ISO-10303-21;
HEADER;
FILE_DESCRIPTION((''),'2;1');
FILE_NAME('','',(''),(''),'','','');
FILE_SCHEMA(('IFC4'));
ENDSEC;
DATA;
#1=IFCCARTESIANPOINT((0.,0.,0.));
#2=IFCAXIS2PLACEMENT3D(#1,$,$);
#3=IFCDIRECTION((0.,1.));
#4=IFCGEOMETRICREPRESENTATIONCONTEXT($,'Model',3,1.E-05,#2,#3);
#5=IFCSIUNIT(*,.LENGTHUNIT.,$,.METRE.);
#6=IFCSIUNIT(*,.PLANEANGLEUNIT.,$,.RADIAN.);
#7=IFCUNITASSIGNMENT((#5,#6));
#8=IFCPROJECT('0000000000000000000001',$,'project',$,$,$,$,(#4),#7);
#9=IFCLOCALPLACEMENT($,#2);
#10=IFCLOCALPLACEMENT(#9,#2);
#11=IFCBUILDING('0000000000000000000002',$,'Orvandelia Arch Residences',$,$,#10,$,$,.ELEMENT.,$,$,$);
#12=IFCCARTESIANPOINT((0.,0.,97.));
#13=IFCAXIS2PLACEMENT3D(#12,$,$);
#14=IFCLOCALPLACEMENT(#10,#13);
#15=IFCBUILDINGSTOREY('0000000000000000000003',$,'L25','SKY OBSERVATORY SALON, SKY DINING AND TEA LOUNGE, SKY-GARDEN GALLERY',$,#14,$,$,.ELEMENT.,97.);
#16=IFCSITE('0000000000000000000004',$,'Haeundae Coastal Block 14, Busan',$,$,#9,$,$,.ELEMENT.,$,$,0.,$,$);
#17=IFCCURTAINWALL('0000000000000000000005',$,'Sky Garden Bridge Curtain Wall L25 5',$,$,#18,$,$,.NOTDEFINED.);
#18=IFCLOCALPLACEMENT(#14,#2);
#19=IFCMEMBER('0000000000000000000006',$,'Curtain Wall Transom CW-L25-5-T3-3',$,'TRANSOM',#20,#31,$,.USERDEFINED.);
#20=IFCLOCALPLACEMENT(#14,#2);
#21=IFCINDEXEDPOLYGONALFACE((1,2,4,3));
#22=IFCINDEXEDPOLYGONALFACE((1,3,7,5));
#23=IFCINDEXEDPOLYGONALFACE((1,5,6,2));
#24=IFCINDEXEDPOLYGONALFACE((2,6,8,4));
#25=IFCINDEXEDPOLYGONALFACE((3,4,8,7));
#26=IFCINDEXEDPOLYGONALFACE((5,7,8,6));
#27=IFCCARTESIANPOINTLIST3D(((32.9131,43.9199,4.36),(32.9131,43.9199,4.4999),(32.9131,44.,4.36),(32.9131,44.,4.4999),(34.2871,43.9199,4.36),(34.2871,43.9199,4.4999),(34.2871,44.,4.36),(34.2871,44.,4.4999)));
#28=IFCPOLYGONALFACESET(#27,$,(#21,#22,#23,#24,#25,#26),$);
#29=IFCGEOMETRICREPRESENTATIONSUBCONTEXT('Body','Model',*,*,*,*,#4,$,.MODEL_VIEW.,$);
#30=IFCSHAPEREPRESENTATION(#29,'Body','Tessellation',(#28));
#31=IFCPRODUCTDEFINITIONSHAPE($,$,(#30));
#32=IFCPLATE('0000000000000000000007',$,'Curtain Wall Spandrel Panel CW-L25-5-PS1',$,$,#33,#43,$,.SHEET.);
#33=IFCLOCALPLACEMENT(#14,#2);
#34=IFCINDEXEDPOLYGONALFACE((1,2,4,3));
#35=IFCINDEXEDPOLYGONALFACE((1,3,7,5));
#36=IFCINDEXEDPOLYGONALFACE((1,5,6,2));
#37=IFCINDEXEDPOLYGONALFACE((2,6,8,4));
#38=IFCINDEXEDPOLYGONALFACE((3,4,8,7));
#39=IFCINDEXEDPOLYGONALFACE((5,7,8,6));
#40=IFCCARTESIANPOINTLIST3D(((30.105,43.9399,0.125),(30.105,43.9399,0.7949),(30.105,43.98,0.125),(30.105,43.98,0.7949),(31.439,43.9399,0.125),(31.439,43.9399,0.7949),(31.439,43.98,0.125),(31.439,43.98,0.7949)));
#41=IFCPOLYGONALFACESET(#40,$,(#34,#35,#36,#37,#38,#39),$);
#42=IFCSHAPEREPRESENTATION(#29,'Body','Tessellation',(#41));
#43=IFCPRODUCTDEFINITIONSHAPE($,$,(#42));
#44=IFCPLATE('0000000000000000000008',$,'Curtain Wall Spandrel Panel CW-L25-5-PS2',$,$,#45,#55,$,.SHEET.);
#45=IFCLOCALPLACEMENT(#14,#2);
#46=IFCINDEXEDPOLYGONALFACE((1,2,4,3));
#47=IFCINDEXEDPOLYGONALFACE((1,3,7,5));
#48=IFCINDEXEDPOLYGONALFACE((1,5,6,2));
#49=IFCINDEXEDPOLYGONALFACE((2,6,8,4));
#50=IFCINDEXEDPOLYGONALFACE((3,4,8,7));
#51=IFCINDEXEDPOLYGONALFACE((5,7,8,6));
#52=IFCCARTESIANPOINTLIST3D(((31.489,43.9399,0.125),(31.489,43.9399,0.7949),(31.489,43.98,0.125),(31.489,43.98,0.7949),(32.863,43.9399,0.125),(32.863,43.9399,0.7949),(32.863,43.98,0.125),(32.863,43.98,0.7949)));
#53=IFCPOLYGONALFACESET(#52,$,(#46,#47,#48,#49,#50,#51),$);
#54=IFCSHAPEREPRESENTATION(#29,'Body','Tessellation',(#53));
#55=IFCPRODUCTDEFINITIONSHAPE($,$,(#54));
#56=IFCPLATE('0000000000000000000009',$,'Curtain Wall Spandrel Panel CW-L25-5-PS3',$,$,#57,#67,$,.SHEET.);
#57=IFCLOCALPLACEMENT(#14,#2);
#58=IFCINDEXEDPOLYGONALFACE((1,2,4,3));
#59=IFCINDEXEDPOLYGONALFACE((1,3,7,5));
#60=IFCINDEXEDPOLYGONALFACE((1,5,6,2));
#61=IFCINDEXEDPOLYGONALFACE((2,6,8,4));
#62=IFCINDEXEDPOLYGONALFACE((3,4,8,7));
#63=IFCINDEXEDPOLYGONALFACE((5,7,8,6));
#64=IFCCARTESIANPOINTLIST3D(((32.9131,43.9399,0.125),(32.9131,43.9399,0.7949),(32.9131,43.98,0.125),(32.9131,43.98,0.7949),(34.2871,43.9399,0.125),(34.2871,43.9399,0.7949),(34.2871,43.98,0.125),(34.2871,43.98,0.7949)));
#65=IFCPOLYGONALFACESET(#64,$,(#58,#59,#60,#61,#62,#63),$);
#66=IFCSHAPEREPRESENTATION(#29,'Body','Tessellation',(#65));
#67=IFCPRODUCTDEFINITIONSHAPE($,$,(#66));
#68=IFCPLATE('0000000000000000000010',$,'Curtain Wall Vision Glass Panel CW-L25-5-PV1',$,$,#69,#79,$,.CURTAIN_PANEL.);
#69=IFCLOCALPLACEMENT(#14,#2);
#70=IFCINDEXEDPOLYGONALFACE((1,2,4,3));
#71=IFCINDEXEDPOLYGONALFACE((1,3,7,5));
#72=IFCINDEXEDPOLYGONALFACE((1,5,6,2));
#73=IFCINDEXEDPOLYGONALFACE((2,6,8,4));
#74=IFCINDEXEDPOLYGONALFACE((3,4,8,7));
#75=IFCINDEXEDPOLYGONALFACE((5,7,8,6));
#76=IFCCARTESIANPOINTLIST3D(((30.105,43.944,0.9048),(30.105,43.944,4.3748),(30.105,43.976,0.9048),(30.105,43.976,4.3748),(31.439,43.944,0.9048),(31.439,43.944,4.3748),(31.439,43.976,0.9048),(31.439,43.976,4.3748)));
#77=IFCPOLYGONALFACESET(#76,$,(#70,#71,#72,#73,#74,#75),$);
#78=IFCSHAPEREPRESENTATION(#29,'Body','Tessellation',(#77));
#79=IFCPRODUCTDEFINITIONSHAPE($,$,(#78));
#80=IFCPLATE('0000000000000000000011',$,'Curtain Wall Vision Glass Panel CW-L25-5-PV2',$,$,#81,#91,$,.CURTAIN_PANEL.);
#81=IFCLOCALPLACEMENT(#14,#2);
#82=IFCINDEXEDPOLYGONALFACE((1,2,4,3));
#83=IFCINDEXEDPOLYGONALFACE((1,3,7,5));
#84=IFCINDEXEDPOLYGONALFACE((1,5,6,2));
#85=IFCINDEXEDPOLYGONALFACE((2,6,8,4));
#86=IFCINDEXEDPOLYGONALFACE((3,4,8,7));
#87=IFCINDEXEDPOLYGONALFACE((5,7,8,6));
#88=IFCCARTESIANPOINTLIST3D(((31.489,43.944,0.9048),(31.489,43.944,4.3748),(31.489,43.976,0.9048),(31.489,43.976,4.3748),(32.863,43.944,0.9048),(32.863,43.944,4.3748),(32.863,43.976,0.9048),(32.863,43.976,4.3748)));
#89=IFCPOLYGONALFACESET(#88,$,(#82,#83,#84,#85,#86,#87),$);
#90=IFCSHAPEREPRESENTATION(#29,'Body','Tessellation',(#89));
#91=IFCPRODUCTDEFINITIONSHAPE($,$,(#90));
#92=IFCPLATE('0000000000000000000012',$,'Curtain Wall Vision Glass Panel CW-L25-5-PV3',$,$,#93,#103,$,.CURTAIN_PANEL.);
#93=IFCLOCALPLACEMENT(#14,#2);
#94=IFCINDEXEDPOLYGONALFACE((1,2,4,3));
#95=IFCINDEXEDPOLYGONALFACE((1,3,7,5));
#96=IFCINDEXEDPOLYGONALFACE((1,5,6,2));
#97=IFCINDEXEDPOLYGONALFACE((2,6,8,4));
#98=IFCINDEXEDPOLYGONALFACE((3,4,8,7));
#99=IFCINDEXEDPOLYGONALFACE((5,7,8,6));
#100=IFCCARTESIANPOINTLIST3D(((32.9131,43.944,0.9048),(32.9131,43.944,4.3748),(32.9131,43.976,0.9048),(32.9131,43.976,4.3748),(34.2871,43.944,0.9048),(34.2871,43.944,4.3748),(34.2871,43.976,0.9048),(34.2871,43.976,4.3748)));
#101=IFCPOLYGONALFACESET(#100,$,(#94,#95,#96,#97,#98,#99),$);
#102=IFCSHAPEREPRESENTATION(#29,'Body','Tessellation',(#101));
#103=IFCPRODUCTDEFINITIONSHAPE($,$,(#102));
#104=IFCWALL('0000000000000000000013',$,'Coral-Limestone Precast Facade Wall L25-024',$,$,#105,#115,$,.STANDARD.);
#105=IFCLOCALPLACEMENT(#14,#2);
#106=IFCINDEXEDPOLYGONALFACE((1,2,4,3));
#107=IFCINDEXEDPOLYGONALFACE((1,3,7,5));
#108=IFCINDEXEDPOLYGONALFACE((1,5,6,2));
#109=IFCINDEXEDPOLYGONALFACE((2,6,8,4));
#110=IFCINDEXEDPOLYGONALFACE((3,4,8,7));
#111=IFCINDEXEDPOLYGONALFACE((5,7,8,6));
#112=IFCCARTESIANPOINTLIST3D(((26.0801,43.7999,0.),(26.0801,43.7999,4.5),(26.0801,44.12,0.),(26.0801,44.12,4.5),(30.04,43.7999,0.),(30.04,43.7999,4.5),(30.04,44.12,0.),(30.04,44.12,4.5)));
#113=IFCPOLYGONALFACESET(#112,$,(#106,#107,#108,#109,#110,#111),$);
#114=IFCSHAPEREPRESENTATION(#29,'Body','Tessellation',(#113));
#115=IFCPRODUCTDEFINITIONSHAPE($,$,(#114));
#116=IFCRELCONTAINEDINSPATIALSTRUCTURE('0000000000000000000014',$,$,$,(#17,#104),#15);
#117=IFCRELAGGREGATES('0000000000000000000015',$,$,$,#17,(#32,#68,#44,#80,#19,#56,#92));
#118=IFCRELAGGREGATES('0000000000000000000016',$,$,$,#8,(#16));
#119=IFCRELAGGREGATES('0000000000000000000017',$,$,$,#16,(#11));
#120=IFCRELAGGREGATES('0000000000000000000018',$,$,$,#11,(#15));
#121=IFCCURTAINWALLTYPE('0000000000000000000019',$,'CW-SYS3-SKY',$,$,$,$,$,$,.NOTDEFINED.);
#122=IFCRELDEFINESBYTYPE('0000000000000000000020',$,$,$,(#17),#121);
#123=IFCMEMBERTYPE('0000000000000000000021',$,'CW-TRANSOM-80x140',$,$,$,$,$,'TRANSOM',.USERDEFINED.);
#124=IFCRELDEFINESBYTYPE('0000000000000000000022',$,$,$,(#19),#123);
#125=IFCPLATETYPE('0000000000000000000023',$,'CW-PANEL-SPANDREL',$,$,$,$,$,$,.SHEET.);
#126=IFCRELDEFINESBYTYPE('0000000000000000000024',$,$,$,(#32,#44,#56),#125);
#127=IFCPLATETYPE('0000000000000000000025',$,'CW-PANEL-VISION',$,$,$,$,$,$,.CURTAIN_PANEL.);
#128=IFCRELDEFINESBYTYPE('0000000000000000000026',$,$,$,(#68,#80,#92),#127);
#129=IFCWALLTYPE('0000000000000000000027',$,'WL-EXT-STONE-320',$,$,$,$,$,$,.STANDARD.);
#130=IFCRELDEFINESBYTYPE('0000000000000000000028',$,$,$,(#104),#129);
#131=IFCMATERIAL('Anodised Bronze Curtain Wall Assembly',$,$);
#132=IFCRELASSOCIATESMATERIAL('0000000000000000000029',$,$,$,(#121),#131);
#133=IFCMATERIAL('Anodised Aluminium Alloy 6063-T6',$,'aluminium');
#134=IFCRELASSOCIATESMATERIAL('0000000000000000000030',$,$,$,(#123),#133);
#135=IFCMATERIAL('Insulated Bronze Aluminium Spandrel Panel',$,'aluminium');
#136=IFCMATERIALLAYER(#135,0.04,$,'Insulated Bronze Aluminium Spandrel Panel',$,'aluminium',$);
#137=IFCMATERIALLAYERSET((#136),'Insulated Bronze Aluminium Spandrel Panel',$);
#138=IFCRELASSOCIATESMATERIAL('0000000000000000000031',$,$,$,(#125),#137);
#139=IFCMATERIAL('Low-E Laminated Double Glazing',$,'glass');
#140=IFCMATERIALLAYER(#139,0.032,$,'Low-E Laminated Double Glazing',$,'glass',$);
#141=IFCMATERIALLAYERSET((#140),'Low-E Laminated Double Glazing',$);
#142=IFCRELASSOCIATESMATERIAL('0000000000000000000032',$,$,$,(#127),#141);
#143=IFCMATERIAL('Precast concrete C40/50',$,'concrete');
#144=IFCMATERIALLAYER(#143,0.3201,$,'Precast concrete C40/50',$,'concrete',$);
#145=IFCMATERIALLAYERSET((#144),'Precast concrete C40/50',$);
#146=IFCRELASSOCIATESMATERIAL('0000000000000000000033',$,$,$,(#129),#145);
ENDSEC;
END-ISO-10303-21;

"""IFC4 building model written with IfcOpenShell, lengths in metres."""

from ifc_helpers import new_model, si_unit, direction, frame, frame_2d, origin, origin_2d, place, context, subcontext, project, spatial, rectangle, extrude, material, layer, layer_set, material_profile, profile_set, type_object, element, aggregate, save


model = new_model("IFC4")

# Units and contexts
model_context = context("Model", 3, precision=1e-05, world=origin(), true_north=direction((0.0, 1.0)))
body_context = subcontext(model_context, "Body", "Model", "MODEL_VIEW")
ifc_project = project(units=[si_unit("LENGTHUNIT", "METRE"), si_unit("PLANEANGLEUNIT", "RADIAN")], contexts=[model_context])

# Site, building, storey
site_placement = place(None, origin())
site = spatial("IfcSite", under=ifc_project, at=site_placement, Name="Haeundae Coastal Block 14, Busan", CompositionType="ELEMENT", RefElevation=0.0)
building_placement = place(site_placement, origin())
building = spatial("IfcBuilding", under=site, at=building_placement, Name="Orvandelia Arch Residences", CompositionType="ELEMENT")
storey_placement = place(building_placement, frame((0.0, 0.0, 97.0)))
storey = spatial("IfcBuildingStorey", under=building, at=storey_placement, Name="L25", Description="SKY OBSERVATORY SALON, SKY DINING AND TEA LOUNGE, SKY-GARDEN GALLERY", CompositionType="ELEMENT", Elevation=97.0)

# Curtain wall, member, plates
ifc_material_1 = material(Name="Anodised Bronze Curtain Wall Assembly")
curtain_wall_type = type_object("IfcCurtainWallType", Name="CW-SYS3-SKY", PredefinedType="NOTDEFINED", material=ifc_material_1)
curtain_wall_placement = place(storey_placement, origin())
curtain_wall = element("IfcCurtainWall", 1, at=curtain_wall_placement, inside=storey, type_object=curtain_wall_type, Name="Sky Garden Bridge Curtain Wall L25 5", PredefinedType="NOTDEFINED")
ifc_material_2 = material(Name="Anodised Aluminium Alloy 6063-T6", Category="aluminium")
ifc_material_profile_1 = material_profile(ifc_material_2, rectangle(XDim=0.0801, YDim=0.1399, at=origin_2d()), Name="Anodised Aluminium Alloy 6063-T6", Category="aluminium")
ifc_profile_set_1 = profile_set([ifc_material_profile_1], Name="Anodised Aluminium Alloy 6063-T6")
member_type_1 = type_object("IfcMemberType", Name="CW-TRANSOM-80x140", ElementType="TRANSOM", PredefinedType="USERDEFINED", material=ifc_profile_set_1)
member_1_placement = place(storey_placement, frame((32.9131, 43.96, 4.4299), z_axis=(1.0, 0.0, 0.0), x_axis=(0.0, 1.0, 0.0)))
member_1 = element("IfcMember", 2, at=member_1_placement, type_object=member_type_1, Name="Curtain Wall Transom CW-L25-5-T3-3", ObjectType="TRANSOM", PredefinedType="USERDEFINED", context=body_context, shape_type="SweptSolid", body=[
    extrude(rectangle(XDim=0.0801, YDim=0.1399, at=origin_2d()), origin(), (0.0, 0.0, 1.0), 1.374),
])
ifc_material_3 = material(Name="Insulated Bronze Aluminium Spandrel Panel", Category="aluminium")
ifc_layer_1 = layer(ifc_material_3, 0.04, Name="Insulated Bronze Aluminium Spandrel Panel", Category="aluminium")
ifc_layer_set_1 = layer_set([ifc_layer_1], Name="Insulated Bronze Aluminium Spandrel Panel")
plate_type_1 = type_object("IfcPlateType", Name="CW-PANEL-SPANDREL", PredefinedType="SHEET", material=ifc_layer_set_1)
plate_1_placement = place(storey_placement, frame((30.772, 43.96, 0.125), z_axis=(0.0, 0.0, 1.0), x_axis=(1.0, 0.0, 0.0)))
plate_1 = element("IfcPlate", 3, at=plate_1_placement, type_object=plate_type_1, Name="Curtain Wall Spandrel Panel CW-L25-5-PS1", PredefinedType="SHEET", context=body_context, shape_type="SweptSolid", body=[
    extrude(rectangle(XDim=1.334, YDim=0.04, at=origin_2d()), origin(), (0.0, 0.0, 1.0), 0.6699),
])
plate_2_placement = place(storey_placement, frame((32.176, 43.96, 0.125), z_axis=(0.0, 0.0, 1.0), x_axis=(1.0, 0.0, 0.0)))
plate_2 = element("IfcPlate", 4, at=plate_2_placement, type_object=plate_type_1, Name="Curtain Wall Spandrel Panel CW-L25-5-PS2", PredefinedType="SHEET", context=body_context, shape_type="SweptSolid", body=[
    extrude(rectangle(XDim=1.374, YDim=0.04, at=origin_2d()), origin(), (0.0, 0.0, 1.0), 0.6699),
])
plate_3_placement = place(storey_placement, frame((33.6001, 43.96, 0.125), z_axis=(0.0, 0.0, 1.0), x_axis=(1.0, 0.0, 0.0)))
plate_3 = element("IfcPlate", 5, at=plate_3_placement, type_object=plate_type_1, Name="Curtain Wall Spandrel Panel CW-L25-5-PS3", PredefinedType="SHEET", context=body_context, shape_type="SweptSolid", body=[
    extrude(rectangle(XDim=1.374, YDim=0.04, at=origin_2d()), origin(), (0.0, 0.0, 1.0), 0.6699),
])
ifc_material_4 = material(Name="Low-E Laminated Double Glazing", Category="glass")
ifc_layer_2 = layer(ifc_material_4, 0.032, Name="Low-E Laminated Double Glazing", Category="glass")
ifc_layer_set_2 = layer_set([ifc_layer_2], Name="Low-E Laminated Double Glazing")
plate_type_2 = type_object("IfcPlateType", Name="CW-PANEL-VISION", PredefinedType="CURTAIN_PANEL", material=ifc_layer_set_2)
plate_4_placement = place(storey_placement, frame((30.772, 43.96, 0.9048), z_axis=(0.0, 0.0, 1.0), x_axis=(1.0, 0.0, 0.0)))
plate_4 = element("IfcPlate", 6, at=plate_4_placement, type_object=plate_type_2, Name="Curtain Wall Vision Glass Panel CW-L25-5-PV1", PredefinedType="CURTAIN_PANEL", context=body_context, shape_type="SweptSolid", body=[
    extrude(rectangle(XDim=1.334, YDim=0.032, at=origin_2d()), origin(), (0.0, 0.0, 1.0), 3.47),
])
plate_5_placement = place(storey_placement, frame((32.176, 43.96, 0.9048), z_axis=(0.0, 0.0, 1.0), x_axis=(1.0, 0.0, 0.0)))
plate_5 = element("IfcPlate", 7, at=plate_5_placement, type_object=plate_type_2, Name="Curtain Wall Vision Glass Panel CW-L25-5-PV2", PredefinedType="CURTAIN_PANEL", context=body_context, shape_type="SweptSolid", body=[
    extrude(rectangle(XDim=1.374, YDim=0.032, at=origin_2d()), origin(), (0.0, 0.0, 1.0), 3.47),
])
plate_6_placement = place(storey_placement, frame((33.6001, 43.96, 0.9048), z_axis=(0.0, 0.0, 1.0), x_axis=(1.0, 0.0, 0.0)))
plate_6 = element("IfcPlate", 8, at=plate_6_placement, type_object=plate_type_2, Name="Curtain Wall Vision Glass Panel CW-L25-5-PV3", PredefinedType="CURTAIN_PANEL", context=body_context, shape_type="SweptSolid", body=[
    extrude(rectangle(XDim=1.374, YDim=0.032, at=origin_2d()), origin(), (0.0, 0.0, 1.0), 3.47),
])
aggregate(curtain_wall, [plate_1, plate_4, plate_2, plate_5, member_1, plate_3, plate_6])

# Wall
ifc_material_5 = material(Name="Precast concrete C40/50", Category="concrete")
ifc_layer_3 = layer(ifc_material_5, 0.3201, Name="Precast concrete C40/50", Category="concrete")
ifc_layer_set_3 = layer_set([ifc_layer_3], Name="Precast concrete C40/50")
wall_type = type_object("IfcWallType", Name="WL-EXT-STONE-320", PredefinedType="STANDARD", material=ifc_layer_set_3)
wall_placement = place(storey_placement, frame((30.04, 43.96, 0.0), z_axis=(0.0, 0.0, 1.0), x_axis=(-1.0, 0.0, 0.0)))
element("IfcWall", 9, at=wall_placement, inside=storey, type_object=wall_type, Name="Coral-Limestone Precast Facade Wall L25-024", PredefinedType="STANDARD", context=body_context, shape_type="SweptSolid", body=[
    extrude(rectangle(XDim=3.96, YDim=0.3201, at=frame_2d((1.98, 0.0))), origin(), (0.0, 0.0, 1.0), 4.5),
])

save(model, "model.ifc")
